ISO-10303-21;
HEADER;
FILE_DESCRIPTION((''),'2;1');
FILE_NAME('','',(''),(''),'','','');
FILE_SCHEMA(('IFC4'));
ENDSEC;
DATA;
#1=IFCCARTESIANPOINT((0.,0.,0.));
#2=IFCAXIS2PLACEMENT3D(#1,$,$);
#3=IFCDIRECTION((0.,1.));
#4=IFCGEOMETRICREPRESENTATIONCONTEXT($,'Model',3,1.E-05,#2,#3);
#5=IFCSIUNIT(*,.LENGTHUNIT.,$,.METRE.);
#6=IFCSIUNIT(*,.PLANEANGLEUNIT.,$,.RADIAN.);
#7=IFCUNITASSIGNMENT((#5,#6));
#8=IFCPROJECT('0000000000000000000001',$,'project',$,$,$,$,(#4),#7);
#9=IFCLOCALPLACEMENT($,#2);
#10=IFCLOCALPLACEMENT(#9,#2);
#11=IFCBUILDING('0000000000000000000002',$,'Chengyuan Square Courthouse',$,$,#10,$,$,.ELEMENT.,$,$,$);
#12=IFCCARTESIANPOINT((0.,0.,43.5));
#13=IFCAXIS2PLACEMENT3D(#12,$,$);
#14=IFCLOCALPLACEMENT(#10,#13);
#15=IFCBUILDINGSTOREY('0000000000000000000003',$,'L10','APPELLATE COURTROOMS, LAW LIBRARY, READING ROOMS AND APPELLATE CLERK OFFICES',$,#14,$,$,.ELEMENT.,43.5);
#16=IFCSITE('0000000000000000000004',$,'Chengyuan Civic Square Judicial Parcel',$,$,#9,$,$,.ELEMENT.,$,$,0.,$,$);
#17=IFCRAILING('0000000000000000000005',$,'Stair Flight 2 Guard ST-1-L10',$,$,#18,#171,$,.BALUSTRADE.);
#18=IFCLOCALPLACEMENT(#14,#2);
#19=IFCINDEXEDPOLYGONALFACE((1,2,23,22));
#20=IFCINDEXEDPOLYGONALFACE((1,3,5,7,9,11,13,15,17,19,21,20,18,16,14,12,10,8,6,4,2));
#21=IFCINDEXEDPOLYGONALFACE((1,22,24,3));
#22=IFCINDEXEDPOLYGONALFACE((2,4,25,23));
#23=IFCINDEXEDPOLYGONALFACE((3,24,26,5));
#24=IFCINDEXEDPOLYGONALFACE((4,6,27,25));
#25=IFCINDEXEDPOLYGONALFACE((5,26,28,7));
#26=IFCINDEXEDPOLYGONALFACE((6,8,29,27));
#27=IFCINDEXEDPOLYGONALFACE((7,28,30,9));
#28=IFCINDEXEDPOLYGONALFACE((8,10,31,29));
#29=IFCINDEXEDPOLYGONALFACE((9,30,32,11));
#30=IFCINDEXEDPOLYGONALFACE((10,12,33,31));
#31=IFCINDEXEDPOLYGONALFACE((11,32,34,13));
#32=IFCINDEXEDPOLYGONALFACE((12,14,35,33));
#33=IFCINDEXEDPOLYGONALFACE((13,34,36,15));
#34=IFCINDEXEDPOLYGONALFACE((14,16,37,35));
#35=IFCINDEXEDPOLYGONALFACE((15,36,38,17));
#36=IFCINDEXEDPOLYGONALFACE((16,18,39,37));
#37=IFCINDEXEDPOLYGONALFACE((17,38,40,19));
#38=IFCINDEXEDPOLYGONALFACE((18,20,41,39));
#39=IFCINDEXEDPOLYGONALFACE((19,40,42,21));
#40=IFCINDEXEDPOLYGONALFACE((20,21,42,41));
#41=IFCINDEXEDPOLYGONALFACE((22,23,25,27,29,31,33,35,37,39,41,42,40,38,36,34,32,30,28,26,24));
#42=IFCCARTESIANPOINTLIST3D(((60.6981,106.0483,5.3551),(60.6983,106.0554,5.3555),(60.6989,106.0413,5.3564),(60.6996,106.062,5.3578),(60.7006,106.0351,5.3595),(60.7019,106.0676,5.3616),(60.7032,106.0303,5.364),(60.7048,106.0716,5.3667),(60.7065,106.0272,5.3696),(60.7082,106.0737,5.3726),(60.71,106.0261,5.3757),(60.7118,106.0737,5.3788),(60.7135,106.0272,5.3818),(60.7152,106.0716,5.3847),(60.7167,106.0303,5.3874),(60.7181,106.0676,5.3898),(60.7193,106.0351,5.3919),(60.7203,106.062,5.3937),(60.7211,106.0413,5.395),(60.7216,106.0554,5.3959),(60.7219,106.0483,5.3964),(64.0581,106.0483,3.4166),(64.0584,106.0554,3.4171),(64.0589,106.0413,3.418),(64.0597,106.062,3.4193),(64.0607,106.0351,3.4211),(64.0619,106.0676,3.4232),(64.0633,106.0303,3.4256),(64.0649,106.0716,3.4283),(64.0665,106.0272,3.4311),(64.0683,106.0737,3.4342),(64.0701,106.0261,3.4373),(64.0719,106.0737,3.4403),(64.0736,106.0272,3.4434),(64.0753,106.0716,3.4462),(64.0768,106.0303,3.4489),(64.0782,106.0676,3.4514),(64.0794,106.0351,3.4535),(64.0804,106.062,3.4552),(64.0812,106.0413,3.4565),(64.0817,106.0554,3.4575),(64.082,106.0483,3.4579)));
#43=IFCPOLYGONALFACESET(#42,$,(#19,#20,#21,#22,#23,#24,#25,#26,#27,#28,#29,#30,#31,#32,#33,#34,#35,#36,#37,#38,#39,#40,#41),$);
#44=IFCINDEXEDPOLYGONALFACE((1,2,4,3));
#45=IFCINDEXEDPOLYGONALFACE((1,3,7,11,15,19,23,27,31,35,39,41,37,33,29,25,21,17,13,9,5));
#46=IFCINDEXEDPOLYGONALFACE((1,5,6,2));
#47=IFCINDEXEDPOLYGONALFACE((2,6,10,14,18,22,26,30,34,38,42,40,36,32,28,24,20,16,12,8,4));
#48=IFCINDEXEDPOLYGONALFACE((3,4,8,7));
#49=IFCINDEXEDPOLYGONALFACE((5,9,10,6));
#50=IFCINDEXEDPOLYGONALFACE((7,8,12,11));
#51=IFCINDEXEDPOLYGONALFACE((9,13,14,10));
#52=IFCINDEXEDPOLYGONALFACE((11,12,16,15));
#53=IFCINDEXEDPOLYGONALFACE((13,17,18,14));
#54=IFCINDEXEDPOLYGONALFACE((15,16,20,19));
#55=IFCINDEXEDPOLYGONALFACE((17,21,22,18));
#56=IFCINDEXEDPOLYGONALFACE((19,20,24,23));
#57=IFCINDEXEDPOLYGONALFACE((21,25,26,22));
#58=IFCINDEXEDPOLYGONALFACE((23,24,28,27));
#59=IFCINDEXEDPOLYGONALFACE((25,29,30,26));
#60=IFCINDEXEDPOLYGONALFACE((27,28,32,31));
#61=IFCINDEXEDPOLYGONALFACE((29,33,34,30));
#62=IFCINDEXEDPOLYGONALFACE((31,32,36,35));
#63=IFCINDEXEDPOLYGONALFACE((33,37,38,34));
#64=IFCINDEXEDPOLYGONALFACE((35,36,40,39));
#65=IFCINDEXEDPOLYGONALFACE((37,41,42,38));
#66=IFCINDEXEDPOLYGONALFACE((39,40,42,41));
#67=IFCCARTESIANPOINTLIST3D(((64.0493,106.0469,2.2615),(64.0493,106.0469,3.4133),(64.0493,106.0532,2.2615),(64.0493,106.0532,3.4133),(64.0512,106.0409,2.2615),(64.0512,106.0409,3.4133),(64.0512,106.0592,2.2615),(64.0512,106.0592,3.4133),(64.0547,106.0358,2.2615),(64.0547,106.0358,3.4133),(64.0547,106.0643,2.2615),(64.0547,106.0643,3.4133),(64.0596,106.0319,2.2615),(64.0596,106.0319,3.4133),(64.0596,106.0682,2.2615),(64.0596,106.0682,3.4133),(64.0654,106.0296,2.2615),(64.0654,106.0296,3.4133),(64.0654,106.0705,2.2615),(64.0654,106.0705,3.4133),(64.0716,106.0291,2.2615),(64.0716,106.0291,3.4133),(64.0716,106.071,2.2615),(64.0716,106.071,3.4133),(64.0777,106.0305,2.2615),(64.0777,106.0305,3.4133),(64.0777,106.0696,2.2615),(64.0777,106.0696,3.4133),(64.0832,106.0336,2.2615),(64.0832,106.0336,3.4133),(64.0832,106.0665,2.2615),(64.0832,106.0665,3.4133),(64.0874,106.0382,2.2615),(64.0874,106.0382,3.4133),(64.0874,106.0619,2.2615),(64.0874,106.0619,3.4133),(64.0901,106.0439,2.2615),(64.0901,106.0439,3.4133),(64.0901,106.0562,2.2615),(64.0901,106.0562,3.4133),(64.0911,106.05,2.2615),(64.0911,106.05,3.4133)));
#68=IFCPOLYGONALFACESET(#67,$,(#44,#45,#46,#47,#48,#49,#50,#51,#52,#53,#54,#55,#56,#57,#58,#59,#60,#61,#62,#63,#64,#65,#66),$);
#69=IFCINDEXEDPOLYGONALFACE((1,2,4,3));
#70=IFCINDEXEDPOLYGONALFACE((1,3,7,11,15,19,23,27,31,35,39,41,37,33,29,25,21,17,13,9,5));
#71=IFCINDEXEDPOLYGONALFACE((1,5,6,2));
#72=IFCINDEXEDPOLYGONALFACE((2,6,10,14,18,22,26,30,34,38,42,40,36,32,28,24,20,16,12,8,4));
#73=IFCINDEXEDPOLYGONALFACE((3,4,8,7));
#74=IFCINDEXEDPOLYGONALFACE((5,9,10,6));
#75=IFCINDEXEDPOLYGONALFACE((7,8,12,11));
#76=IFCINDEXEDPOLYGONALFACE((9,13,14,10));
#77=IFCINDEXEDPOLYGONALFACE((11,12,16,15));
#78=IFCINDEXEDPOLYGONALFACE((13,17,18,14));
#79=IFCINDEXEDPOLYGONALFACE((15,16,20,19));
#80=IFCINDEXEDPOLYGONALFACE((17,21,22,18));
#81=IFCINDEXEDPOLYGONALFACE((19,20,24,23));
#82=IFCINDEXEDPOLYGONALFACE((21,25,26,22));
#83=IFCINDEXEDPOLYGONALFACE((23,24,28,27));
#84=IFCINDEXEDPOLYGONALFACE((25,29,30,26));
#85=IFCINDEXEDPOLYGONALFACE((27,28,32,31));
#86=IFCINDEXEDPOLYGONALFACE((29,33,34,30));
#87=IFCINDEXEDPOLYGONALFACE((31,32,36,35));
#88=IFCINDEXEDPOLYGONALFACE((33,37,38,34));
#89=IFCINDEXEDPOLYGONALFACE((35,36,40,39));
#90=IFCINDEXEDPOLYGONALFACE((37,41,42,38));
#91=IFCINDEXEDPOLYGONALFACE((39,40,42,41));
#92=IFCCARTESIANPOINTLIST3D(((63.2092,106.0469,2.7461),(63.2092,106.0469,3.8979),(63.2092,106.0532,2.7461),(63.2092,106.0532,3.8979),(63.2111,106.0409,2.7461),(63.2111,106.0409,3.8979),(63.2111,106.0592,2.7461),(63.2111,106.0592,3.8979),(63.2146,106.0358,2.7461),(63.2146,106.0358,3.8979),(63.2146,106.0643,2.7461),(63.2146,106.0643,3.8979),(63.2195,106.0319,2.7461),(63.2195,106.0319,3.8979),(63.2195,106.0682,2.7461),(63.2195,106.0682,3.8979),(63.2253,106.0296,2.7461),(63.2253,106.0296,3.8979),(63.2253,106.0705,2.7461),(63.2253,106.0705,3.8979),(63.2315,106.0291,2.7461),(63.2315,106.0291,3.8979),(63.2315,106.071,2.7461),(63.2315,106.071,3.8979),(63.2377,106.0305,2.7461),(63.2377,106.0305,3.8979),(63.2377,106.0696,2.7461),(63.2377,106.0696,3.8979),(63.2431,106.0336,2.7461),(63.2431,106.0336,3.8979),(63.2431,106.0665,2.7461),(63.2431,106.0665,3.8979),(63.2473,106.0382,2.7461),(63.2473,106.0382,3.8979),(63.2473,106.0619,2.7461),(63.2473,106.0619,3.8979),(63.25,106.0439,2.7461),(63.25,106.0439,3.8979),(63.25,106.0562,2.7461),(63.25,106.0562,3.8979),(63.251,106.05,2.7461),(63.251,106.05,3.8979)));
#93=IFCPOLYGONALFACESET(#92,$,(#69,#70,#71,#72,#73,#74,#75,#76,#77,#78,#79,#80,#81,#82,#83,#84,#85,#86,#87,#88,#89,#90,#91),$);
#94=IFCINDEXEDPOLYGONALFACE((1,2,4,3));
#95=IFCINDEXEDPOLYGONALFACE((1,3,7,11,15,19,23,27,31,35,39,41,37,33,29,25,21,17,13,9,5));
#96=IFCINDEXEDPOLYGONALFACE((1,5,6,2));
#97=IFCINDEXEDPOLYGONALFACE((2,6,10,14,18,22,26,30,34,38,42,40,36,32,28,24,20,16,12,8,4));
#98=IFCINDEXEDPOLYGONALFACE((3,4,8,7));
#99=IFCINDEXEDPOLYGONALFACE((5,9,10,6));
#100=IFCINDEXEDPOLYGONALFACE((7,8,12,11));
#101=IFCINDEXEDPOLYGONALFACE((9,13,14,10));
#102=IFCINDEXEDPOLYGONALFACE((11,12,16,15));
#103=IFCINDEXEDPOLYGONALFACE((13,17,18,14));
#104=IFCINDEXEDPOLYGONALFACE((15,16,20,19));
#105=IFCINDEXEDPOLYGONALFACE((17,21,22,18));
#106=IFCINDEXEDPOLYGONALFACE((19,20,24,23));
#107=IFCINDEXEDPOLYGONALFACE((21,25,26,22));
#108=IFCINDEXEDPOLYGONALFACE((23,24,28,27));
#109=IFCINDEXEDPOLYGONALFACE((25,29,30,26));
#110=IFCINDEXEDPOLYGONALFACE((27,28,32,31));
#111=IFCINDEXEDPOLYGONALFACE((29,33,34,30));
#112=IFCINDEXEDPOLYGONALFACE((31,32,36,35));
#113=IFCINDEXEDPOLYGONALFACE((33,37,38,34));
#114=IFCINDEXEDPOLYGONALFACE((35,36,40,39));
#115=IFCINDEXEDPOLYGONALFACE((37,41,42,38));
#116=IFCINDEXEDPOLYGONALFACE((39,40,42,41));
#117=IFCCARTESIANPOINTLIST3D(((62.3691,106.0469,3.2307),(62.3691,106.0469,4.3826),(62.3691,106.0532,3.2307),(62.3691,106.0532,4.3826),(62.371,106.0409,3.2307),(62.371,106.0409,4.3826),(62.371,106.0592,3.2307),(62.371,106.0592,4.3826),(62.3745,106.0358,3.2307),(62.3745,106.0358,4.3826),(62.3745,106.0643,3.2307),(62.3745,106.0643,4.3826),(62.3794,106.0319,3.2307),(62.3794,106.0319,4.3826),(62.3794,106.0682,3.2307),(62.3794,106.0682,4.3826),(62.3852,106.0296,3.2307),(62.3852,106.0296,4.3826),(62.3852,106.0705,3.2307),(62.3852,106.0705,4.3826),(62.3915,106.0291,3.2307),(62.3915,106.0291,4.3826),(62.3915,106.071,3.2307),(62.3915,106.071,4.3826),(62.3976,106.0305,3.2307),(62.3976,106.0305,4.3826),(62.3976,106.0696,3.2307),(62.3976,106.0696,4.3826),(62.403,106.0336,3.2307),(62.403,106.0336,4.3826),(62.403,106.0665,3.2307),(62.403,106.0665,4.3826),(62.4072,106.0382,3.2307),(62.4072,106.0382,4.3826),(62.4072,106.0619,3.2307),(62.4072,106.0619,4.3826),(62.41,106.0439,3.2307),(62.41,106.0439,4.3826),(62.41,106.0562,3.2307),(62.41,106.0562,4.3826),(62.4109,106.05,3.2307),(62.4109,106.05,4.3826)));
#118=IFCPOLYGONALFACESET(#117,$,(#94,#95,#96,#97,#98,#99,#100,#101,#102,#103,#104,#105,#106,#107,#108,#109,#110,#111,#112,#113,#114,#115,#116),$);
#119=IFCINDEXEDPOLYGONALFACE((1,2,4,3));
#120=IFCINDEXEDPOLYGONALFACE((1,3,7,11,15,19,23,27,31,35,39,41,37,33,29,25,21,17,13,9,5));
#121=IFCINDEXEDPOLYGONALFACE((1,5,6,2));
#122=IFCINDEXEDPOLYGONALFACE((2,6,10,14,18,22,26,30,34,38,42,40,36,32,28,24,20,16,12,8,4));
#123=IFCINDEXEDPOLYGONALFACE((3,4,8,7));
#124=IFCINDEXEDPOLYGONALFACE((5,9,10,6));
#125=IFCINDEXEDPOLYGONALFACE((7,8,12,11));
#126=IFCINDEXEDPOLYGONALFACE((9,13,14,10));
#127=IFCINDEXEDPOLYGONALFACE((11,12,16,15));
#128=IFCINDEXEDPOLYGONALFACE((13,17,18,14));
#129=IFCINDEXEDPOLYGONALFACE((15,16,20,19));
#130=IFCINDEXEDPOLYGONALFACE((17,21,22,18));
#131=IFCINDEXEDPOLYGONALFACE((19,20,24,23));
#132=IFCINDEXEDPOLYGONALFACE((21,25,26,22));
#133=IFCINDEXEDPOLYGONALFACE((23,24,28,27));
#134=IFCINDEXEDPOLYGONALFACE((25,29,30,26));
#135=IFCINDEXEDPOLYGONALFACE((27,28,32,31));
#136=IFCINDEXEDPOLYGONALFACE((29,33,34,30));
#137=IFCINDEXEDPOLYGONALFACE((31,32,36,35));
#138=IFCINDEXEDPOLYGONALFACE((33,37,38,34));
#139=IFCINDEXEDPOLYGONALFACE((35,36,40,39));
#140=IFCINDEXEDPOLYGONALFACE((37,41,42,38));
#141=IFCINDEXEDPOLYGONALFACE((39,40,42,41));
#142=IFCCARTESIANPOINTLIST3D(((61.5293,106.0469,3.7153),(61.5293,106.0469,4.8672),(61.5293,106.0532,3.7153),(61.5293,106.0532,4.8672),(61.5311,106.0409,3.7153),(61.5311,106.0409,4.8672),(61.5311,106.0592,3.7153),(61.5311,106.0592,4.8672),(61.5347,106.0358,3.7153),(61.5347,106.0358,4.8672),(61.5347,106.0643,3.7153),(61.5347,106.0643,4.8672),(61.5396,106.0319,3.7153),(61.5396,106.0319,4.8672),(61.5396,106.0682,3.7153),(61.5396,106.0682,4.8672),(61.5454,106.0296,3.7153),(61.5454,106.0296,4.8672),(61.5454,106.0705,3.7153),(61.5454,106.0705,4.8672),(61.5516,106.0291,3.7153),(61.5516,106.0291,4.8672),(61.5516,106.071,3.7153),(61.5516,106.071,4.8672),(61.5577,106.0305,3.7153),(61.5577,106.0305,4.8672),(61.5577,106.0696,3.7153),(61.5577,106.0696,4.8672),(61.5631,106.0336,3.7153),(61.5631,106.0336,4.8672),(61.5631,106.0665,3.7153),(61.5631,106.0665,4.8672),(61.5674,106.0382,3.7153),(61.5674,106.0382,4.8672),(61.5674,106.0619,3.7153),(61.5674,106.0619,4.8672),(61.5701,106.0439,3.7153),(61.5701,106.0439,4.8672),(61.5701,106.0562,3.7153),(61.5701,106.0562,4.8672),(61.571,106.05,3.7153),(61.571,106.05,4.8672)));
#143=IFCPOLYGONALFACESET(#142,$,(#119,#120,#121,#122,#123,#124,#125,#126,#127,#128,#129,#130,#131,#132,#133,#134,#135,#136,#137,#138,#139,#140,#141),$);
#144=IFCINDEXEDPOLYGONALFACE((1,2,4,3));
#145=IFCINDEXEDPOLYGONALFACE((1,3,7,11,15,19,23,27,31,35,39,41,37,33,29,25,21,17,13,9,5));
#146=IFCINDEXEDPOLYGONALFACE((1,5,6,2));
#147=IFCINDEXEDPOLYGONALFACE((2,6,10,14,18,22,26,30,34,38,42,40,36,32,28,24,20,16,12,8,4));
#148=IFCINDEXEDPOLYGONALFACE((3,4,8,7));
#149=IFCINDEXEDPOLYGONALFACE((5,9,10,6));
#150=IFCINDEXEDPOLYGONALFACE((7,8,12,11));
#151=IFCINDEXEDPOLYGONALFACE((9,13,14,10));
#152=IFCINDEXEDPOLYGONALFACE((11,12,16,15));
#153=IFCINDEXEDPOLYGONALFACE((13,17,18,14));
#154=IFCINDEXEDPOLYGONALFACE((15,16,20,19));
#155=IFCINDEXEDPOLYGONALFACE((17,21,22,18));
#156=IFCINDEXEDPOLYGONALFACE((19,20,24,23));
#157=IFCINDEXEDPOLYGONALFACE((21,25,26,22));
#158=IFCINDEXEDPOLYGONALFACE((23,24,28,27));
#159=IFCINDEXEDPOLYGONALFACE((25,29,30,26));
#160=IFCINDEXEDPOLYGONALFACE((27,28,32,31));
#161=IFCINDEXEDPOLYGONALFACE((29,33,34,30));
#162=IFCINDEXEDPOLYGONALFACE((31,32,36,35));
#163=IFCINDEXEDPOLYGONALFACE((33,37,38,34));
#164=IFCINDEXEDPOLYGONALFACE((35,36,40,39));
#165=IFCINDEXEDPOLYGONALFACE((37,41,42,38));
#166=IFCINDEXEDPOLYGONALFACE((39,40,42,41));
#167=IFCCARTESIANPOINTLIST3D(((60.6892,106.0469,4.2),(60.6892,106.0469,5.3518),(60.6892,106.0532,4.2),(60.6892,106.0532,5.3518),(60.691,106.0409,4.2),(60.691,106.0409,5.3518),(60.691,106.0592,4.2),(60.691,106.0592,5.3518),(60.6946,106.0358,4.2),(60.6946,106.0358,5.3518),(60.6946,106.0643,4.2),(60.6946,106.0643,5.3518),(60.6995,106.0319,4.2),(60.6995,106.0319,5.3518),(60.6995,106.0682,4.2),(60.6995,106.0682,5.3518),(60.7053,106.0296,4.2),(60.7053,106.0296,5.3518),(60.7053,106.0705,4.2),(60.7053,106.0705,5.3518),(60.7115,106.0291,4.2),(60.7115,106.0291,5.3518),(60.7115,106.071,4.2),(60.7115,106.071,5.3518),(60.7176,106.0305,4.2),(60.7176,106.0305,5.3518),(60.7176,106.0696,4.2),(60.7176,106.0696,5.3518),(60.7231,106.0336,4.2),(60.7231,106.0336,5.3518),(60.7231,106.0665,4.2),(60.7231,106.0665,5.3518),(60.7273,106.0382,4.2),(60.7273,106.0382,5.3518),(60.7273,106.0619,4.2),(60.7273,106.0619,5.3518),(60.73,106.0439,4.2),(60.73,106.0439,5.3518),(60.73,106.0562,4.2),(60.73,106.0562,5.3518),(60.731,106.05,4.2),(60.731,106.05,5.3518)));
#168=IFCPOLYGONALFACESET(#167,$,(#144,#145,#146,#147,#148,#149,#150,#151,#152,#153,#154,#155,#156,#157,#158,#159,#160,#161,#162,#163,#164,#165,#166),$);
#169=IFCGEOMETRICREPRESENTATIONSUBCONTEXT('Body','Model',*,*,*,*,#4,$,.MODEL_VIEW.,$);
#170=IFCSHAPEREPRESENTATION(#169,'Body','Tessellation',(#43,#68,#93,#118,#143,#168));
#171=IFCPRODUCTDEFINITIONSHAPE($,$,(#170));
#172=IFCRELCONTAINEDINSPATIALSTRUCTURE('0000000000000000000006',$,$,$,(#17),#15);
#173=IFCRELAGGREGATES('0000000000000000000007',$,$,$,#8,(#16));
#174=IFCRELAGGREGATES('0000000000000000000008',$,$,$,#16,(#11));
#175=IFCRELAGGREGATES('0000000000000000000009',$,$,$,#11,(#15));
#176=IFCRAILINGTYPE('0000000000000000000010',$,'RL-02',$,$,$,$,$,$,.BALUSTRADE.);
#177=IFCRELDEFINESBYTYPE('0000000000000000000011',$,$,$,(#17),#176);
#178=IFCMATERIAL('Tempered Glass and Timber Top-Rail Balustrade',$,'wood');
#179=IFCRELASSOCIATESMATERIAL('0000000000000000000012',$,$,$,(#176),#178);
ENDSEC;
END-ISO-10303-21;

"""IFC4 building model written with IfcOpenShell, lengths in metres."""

from ifc_helpers import new_model, si_unit, direction, frame, origin, origin_2d, place, context, subcontext, project, spatial, circle, extrude, material, type_object, element, save


model = new_model("IFC4")

# Units and contexts
model_context = context("Model", 3, precision=1e-05, world=origin(), true_north=direction((0.0, 1.0)))
body_context = subcontext(model_context, "Body", "Model", "MODEL_VIEW")
ifc_project = project(units=[si_unit("LENGTHUNIT", "METRE"), si_unit("PLANEANGLEUNIT", "RADIAN")], contexts=[model_context])

# Site, building, storey
site_placement = place(None, origin())
site = spatial("IfcSite", under=ifc_project, at=site_placement, Name="Chengyuan Civic Square Judicial Parcel", CompositionType="ELEMENT", RefElevation=0.0)
building_placement = place(site_placement, origin())
building = spatial("IfcBuilding", under=site, at=building_placement, Name="Chengyuan Square Courthouse", CompositionType="ELEMENT")
storey_placement = place(building_placement, frame((0.0, 0.0, 43.5)))
storey = spatial("IfcBuildingStorey", under=building, at=storey_placement, Name="L10", Description="APPELLATE COURTROOMS, LAW LIBRARY, READING ROOMS AND APPELLATE CLERK OFFICES", CompositionType="ELEMENT", Elevation=43.5)

# Railing
ifc_material_1 = material(Name="Tempered Glass and Timber Top-Rail Balustrade", Category="wood")
railing_type_1 = type_object("IfcRailingType", Name="RL-02", PredefinedType="BALUSTRADE", material=ifc_material_1)
railing_1_placement = place(storey_placement, frame((64.0701, 106.05, 2.2615)))
element("IfcRailing", 1, at=railing_1_placement, inside=storey, type_object=railing_type_1, Name="Stair Flight 2 Guard ST-1-L10", PredefinedType="BALUSTRADE", context=body_context, shape_type="SweptSolid", body=[
    extrude(circle(Radius=0.0239, at=origin_2d()), frame((0.0, 0.0, 1.1758), z_axis=(-0.866191, 0.0, 0.499713), x_axis=(0.0, -1.0, 0.0)), (0.0, 0.0, 1.0), 3.8792),
    extrude(circle(Radius=0.021, at=origin_2d()), origin(), (0.0, 0.0, 1.0), 1.1519),
    extrude(circle(Radius=0.021, at=origin_2d()), frame((-0.8401, 0.0, 0.4846)), (0.0, 0.0, 1.0), 1.1519),
    extrude(circle(Radius=0.021, at=origin_2d()), frame((-1.6802, 0.0, 0.9692)), (0.0, 0.0, 1.0), 1.1519),
    extrude(circle(Radius=0.021, at=origin_2d()), frame((-2.52, 0.0, 1.4539)), (0.0, 0.0, 1.0), 1.1519),
    extrude(circle(Radius=0.021, at=origin_2d()), frame((-3.3601, 0.0, 1.9385)), (0.0, 0.0, 1.0), 1.1519),
])

save(model, "model.ifc")
